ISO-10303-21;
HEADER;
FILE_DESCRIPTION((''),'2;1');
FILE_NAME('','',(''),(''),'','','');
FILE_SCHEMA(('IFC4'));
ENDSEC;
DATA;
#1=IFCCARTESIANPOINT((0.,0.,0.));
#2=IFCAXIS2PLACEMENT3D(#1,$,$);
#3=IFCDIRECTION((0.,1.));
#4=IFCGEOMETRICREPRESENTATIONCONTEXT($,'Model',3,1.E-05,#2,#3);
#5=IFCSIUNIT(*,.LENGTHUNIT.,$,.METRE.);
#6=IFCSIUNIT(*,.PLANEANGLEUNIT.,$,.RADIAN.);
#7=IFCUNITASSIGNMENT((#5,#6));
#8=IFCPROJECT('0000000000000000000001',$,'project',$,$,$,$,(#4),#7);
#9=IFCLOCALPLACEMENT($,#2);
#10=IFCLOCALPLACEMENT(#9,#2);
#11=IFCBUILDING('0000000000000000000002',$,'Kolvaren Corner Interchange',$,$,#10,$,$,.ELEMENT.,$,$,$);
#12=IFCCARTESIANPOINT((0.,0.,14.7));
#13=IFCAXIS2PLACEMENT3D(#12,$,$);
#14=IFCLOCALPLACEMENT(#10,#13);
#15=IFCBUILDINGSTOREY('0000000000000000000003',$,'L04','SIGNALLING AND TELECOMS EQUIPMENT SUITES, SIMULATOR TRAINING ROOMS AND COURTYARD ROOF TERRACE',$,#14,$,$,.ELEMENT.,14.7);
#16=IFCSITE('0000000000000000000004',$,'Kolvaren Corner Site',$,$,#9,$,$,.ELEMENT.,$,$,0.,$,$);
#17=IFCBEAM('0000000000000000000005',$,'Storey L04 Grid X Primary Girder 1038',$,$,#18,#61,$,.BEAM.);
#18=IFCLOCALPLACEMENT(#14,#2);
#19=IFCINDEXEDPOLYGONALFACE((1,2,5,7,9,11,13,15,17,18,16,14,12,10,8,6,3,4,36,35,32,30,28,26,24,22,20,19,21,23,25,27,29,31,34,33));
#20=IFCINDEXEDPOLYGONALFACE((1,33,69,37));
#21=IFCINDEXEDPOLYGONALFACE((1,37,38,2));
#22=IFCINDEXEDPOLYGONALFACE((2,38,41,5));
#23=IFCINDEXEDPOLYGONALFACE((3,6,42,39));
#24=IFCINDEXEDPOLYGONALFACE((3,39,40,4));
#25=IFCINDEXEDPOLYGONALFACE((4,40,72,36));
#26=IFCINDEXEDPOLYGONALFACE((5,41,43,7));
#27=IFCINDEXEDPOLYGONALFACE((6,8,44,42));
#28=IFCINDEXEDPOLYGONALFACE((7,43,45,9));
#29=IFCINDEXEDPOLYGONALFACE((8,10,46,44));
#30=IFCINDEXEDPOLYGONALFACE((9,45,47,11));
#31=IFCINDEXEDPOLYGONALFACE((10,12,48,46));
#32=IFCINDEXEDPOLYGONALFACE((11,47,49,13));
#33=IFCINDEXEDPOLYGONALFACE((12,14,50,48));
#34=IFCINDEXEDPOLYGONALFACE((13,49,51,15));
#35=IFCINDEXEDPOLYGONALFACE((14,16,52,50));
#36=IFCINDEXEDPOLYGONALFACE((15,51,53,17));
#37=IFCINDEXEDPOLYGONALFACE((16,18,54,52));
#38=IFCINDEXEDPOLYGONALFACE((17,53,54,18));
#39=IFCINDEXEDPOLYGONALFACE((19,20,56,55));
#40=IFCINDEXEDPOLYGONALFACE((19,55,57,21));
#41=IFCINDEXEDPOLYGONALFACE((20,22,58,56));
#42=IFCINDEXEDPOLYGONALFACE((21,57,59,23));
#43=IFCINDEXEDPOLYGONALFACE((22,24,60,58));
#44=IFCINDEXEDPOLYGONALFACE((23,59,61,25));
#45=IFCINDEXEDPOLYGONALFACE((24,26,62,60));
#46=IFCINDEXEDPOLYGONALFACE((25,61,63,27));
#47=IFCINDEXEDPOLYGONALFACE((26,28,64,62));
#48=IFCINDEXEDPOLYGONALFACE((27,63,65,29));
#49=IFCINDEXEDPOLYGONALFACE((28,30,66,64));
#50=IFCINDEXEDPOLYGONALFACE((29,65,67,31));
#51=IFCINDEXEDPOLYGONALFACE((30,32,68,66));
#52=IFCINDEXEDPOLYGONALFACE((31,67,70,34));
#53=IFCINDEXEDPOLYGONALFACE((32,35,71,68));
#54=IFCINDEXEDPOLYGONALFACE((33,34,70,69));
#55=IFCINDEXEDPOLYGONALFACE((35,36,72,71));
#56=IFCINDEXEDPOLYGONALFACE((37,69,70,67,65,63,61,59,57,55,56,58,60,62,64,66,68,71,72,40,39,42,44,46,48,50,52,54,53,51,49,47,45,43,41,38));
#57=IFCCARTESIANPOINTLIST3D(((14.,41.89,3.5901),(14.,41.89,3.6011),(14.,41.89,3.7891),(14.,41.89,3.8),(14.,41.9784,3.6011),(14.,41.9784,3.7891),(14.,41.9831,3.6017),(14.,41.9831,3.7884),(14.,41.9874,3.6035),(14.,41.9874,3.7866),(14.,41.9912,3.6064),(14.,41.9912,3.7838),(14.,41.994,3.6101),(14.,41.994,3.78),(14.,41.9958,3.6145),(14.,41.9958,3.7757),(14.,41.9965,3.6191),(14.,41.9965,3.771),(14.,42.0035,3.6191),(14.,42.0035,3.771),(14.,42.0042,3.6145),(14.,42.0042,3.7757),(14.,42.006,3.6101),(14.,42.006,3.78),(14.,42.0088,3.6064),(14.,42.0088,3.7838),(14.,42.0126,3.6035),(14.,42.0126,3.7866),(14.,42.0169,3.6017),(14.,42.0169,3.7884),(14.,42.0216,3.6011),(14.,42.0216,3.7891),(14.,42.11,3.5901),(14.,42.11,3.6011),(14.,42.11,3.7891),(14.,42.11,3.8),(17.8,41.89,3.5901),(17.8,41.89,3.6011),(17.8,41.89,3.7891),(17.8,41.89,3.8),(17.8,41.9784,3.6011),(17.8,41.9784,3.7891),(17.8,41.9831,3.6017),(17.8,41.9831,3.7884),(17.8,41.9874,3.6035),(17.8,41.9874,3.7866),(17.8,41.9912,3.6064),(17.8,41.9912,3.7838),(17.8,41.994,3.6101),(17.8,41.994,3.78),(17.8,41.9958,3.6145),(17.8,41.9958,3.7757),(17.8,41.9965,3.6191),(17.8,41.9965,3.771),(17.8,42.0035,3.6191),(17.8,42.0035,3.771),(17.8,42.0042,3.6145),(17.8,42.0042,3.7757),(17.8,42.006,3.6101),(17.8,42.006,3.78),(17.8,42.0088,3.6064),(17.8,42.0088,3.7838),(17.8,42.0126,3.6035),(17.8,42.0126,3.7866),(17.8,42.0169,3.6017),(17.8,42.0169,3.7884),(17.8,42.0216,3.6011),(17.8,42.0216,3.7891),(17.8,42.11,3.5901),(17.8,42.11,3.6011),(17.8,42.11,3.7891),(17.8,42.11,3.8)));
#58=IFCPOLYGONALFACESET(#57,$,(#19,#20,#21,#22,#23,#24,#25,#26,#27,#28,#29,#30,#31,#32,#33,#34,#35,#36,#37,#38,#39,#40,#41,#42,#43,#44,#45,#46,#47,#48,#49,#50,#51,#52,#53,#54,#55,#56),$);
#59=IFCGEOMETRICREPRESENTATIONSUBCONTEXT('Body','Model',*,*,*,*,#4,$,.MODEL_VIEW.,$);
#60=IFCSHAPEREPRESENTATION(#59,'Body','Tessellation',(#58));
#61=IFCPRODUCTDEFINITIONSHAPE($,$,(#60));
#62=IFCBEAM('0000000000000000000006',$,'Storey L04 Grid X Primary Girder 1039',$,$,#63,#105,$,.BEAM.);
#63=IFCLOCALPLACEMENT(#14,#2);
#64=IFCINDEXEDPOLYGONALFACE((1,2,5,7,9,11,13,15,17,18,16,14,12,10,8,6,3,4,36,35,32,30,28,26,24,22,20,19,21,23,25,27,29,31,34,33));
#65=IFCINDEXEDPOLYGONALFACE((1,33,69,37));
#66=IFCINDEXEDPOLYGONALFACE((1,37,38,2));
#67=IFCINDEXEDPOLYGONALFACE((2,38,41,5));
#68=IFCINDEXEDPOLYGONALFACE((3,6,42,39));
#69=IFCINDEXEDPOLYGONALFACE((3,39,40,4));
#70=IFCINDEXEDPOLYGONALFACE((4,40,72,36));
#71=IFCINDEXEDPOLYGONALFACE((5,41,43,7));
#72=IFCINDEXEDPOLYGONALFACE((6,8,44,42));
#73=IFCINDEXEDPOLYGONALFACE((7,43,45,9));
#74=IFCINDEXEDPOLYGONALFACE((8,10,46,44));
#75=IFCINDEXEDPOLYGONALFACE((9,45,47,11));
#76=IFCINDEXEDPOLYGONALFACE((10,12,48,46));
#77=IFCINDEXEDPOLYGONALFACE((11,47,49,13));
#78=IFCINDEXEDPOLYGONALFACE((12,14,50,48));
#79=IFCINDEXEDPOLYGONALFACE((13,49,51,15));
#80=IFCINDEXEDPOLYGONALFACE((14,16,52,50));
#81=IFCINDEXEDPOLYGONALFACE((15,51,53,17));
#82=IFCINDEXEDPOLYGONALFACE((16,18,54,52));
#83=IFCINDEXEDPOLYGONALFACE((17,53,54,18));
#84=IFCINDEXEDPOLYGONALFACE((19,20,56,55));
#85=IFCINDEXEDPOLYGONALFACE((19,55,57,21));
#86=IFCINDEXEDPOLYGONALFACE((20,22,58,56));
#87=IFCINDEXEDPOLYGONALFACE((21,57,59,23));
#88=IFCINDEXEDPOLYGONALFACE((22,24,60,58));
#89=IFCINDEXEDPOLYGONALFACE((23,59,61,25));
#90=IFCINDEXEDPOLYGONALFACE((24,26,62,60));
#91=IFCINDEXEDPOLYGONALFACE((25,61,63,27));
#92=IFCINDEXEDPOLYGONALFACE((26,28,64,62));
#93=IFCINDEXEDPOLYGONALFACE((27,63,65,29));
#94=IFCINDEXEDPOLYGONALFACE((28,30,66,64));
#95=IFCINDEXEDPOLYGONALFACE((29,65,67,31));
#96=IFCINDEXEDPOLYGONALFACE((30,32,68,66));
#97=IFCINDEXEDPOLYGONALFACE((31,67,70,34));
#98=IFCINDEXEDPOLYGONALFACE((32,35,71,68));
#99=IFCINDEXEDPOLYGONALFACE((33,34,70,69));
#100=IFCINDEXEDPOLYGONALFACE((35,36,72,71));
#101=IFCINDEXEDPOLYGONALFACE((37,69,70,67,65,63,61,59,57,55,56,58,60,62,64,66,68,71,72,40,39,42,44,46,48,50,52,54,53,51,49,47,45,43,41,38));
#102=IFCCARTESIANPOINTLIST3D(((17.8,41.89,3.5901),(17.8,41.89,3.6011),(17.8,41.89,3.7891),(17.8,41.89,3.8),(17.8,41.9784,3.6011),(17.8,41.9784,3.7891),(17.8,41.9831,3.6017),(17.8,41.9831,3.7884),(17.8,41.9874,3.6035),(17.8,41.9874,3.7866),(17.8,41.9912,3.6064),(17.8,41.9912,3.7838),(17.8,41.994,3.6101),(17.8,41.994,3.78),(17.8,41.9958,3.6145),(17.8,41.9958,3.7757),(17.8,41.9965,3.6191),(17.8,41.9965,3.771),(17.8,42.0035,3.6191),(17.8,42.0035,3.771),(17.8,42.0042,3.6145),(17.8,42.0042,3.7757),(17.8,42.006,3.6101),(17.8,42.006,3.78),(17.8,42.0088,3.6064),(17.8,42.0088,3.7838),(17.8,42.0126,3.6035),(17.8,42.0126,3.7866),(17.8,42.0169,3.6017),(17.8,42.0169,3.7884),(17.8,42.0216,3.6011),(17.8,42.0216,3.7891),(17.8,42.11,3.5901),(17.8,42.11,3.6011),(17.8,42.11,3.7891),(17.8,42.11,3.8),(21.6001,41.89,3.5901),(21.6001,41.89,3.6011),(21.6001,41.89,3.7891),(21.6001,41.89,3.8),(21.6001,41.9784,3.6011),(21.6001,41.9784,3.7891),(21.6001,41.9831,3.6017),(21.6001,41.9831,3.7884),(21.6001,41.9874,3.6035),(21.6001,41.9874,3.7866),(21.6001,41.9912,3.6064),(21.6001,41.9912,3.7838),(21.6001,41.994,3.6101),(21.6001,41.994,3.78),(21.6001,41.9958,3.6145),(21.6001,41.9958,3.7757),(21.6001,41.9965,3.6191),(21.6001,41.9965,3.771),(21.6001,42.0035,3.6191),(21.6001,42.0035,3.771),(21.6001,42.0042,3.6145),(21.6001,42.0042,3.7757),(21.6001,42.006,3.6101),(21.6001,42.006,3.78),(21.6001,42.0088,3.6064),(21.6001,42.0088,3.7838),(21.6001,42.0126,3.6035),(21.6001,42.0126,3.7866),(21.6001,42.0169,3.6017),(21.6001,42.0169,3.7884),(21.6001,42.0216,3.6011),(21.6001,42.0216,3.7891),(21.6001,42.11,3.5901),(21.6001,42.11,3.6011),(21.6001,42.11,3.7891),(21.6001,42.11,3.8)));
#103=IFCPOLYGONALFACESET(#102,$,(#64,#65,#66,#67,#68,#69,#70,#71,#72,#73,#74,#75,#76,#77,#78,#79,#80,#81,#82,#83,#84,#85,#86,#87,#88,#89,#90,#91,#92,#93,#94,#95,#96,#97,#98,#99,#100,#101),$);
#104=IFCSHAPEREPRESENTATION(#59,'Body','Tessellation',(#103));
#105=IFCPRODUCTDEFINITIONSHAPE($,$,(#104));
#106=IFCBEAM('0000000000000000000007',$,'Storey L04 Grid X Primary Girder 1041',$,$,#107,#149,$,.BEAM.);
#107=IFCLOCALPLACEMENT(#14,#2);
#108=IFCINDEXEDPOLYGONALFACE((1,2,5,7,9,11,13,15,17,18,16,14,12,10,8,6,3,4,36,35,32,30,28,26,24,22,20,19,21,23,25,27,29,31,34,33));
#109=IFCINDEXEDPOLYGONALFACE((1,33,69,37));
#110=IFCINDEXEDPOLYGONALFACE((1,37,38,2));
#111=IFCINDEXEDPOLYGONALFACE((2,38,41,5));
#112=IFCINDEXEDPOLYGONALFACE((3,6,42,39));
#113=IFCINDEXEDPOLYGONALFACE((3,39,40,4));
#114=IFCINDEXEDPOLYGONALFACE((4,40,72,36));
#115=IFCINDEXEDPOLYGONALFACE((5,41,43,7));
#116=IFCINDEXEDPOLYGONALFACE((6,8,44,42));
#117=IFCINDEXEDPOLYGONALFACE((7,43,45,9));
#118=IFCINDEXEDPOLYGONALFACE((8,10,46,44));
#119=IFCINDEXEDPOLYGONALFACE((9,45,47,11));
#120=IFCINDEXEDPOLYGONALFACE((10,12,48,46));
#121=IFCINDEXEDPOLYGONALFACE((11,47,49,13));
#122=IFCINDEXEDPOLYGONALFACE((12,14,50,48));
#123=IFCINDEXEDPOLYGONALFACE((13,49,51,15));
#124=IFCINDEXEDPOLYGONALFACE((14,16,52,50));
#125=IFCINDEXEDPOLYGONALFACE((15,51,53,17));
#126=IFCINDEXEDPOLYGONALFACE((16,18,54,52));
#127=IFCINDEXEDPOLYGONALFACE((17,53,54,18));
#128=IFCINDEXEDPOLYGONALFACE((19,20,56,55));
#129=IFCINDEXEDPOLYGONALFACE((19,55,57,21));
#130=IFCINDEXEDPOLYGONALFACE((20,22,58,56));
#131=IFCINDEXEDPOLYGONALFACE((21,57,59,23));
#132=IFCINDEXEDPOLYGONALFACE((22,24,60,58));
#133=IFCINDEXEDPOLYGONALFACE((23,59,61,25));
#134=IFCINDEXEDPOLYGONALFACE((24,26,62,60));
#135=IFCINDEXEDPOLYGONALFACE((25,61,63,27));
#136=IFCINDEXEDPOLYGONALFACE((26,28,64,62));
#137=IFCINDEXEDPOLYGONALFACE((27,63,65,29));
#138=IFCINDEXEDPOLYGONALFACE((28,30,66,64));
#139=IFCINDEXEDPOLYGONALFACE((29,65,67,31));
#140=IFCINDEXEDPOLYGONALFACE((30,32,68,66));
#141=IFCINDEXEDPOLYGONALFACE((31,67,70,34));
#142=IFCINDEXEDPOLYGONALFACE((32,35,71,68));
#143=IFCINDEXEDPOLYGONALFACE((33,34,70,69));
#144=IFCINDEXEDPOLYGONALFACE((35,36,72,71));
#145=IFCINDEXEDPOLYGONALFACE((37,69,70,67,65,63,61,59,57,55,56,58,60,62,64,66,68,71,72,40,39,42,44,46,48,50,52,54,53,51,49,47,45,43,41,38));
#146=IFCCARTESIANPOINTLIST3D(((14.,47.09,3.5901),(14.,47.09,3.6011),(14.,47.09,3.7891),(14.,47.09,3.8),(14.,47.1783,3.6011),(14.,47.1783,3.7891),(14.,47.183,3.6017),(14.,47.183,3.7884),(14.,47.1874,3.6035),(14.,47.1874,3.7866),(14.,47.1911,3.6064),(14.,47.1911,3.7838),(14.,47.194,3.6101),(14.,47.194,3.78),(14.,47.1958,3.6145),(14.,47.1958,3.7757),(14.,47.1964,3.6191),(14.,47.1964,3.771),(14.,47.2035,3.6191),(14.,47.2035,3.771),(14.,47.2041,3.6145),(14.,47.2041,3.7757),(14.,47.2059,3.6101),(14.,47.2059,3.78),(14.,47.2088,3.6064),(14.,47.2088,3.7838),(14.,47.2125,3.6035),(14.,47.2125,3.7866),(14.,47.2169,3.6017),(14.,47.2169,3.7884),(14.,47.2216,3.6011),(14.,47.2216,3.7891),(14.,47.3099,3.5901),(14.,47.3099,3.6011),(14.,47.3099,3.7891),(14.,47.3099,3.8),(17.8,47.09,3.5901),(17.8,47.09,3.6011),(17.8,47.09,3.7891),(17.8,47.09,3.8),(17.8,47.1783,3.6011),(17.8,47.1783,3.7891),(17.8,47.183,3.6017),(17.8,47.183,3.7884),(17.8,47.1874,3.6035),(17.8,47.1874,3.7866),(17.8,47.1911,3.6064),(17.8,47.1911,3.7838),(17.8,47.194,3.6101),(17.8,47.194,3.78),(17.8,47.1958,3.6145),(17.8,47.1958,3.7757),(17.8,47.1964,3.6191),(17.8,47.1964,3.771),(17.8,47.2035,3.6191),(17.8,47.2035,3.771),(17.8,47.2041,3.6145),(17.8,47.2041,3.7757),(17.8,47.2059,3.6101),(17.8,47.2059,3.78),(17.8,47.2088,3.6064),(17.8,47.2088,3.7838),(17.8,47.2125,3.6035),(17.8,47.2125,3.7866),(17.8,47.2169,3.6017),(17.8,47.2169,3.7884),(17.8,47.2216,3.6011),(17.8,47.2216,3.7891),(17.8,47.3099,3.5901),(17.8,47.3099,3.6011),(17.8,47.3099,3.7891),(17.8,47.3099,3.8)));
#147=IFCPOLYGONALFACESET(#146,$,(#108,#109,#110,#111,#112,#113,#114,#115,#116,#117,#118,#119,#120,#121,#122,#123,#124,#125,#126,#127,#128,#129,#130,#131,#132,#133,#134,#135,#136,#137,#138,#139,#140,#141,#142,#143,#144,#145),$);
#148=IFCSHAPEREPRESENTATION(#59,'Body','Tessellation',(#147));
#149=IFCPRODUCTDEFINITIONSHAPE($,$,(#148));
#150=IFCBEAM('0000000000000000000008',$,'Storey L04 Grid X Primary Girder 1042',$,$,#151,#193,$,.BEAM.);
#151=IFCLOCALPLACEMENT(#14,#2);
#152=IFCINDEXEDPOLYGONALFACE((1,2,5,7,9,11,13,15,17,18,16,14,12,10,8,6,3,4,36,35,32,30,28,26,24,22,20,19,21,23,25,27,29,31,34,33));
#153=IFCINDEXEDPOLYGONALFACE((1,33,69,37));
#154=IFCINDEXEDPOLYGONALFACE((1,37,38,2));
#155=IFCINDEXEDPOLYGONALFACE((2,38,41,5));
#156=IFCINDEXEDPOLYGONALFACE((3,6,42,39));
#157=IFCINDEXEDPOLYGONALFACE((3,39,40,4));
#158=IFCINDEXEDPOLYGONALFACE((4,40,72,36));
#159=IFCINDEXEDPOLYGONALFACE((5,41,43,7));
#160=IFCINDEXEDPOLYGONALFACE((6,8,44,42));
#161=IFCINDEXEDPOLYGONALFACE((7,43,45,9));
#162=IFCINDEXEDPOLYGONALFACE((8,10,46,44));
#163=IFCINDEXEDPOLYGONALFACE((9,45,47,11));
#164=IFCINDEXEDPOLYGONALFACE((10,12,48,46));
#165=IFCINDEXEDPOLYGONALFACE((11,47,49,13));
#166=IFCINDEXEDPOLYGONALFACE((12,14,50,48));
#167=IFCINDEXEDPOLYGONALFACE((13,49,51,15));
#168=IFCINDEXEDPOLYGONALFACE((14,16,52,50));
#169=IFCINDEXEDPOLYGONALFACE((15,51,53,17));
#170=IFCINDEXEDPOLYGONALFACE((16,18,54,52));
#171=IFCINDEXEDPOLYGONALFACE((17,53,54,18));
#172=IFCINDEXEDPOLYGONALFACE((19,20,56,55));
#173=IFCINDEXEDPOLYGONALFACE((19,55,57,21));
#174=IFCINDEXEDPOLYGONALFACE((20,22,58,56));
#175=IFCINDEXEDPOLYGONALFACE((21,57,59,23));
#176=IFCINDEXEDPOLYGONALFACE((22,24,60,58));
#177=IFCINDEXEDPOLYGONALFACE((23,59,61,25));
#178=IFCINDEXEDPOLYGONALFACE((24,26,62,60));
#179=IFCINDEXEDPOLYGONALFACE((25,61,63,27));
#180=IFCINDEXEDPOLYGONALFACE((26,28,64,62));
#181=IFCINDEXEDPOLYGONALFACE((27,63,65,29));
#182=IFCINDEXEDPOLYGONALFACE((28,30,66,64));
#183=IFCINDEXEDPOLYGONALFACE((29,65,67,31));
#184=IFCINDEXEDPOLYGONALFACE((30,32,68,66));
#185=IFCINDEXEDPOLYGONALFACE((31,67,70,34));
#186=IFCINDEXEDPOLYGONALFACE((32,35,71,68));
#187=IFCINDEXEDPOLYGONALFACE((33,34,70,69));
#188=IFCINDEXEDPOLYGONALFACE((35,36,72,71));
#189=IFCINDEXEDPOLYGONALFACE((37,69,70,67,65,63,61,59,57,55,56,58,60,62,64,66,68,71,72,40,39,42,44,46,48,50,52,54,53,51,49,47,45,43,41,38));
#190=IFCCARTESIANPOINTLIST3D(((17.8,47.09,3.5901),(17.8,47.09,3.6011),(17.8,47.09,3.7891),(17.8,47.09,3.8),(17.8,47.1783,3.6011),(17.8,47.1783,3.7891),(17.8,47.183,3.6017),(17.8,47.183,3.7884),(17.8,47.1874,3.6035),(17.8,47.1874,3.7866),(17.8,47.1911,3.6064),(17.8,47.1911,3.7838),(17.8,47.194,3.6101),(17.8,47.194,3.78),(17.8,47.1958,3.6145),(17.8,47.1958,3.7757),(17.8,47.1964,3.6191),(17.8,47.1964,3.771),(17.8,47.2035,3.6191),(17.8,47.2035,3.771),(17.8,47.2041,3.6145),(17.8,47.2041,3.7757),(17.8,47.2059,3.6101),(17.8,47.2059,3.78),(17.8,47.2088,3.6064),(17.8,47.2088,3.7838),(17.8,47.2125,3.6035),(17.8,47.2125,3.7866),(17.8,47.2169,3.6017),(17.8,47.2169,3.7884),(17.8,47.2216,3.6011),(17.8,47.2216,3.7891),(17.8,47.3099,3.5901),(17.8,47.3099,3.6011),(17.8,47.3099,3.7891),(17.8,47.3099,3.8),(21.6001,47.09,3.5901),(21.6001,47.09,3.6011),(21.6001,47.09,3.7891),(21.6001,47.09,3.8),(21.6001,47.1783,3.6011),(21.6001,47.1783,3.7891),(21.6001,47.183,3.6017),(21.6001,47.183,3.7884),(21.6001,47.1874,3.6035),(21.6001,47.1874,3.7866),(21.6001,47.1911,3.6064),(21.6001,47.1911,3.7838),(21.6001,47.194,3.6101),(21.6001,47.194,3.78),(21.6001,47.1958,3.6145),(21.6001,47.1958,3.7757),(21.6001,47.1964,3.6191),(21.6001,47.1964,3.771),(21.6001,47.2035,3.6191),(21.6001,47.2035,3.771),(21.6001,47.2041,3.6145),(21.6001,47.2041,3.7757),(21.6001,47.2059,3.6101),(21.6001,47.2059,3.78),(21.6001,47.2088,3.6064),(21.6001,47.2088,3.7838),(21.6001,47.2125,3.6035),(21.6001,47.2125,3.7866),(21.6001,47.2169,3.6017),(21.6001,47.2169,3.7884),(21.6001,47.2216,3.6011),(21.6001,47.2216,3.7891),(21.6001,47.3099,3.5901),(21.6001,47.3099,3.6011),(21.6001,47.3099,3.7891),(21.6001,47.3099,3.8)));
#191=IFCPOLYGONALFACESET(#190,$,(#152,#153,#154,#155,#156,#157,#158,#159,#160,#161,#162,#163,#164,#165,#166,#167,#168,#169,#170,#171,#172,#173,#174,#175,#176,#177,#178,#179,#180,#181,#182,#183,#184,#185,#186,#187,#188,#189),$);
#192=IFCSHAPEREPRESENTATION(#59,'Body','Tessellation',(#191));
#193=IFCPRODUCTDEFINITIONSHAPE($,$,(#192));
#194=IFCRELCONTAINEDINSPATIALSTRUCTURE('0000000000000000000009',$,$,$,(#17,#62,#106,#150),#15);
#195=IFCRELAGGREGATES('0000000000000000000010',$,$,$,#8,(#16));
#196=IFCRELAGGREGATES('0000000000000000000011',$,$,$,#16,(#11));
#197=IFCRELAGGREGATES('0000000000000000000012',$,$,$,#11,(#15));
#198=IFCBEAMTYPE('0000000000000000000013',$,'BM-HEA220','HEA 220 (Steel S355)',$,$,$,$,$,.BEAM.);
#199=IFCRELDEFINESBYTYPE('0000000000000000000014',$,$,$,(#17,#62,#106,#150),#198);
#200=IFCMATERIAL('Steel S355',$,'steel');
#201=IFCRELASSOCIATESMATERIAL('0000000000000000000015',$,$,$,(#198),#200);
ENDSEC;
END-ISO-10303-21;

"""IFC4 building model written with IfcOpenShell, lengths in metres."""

from ifc_helpers import new_model, si_unit, direction, frame, origin, origin_2d, place, context, subcontext, project, spatial, i_section, extrude, material, material_profile, profile_set, type_object, element, save


model = new_model("IFC4")

# Units and contexts
model_context = context("Model", 3, precision=1e-05, world=origin(), true_north=direction((0.0, 1.0)))
body_context = subcontext(model_context, "Body", "Model", "MODEL_VIEW")
ifc_project = project(units=[si_unit("LENGTHUNIT", "METRE"), si_unit("PLANEANGLEUNIT", "RADIAN")], contexts=[model_context])

# Site, building, storey
site_placement = place(None, origin())
site = spatial("IfcSite", under=ifc_project, at=site_placement, Name="Kolvaren Corner Site", CompositionType="ELEMENT", RefElevation=0.0)
building_placement = place(site_placement, origin())
building = spatial("IfcBuilding", under=site, at=building_placement, Name="Kolvaren Corner Interchange", CompositionType="ELEMENT")
storey_placement = place(building_placement, frame((0.0, 0.0, 14.7)))
storey = spatial("IfcBuildingStorey", under=building, at=storey_placement, Name="L04", Description="SIGNALLING AND TELECOMS EQUIPMENT SUITES, SIMULATOR TRAINING ROOMS AND COURTYARD ROOF TERRACE", CompositionType="ELEMENT", Elevation=14.7)

# Beams
ifc_material_1 = material(Name="Steel S355", Category="steel")
ifc_material_profile_1 = material_profile(ifc_material_1, i_section(OverallWidth=0.22, OverallDepth=0.21, WebThickness=0.0071, FlangeThickness=0.011, FilletRadius=0.0181, at=origin_2d()), Name="HEA 220")
ifc_profile_set_1 = profile_set([ifc_material_profile_1], Name="Steel S355")
beam_type_1 = type_object("IfcBeamType", Name="BM-HEA220", Description="HEA 220 (Steel S355)", PredefinedType="BEAM", material=ifc_profile_set_1)
for number, where, z_axis, x_axis, name in (
    (1, (14.0, 42.0, 3.6951), (1.0, 0.0, 0.0), (0.0, 1.0, 0.0), "Storey L04 Grid X Primary Girder 1038"),
    (2, (17.8, 42.0, 3.6951), (1.0, 0.0, 0.0), (0.0, 1.0, 0.0), "Storey L04 Grid X Primary Girder 1039"),
    (3, (14.0, 47.2, 3.6951), (1.0, 0.0, 0.0), (0.0, 1.0, 0.0), "Storey L04 Grid X Primary Girder 1041"),
    (4, (17.8, 47.2, 3.6951), (1.0, 0.0, 0.0), (0.0, 1.0, 0.0), "Storey L04 Grid X Primary Girder 1042"),
):
    element("IfcBeam", number, at=place(storey_placement, frame(where, z_axis=z_axis, x_axis=x_axis)), inside=storey, type_object=beam_type_1, Name=name, PredefinedType="BEAM", context=body_context, shape_type="SweptSolid", body=[
        extrude(i_section(OverallWidth=0.22, OverallDepth=0.21, WebThickness=0.0071, FlangeThickness=0.011, FilletRadius=0.0181, at=origin_2d()), origin(), (0.0, 0.0, 1.0), 3.8),
    ])

save(model, "model.ifc")
